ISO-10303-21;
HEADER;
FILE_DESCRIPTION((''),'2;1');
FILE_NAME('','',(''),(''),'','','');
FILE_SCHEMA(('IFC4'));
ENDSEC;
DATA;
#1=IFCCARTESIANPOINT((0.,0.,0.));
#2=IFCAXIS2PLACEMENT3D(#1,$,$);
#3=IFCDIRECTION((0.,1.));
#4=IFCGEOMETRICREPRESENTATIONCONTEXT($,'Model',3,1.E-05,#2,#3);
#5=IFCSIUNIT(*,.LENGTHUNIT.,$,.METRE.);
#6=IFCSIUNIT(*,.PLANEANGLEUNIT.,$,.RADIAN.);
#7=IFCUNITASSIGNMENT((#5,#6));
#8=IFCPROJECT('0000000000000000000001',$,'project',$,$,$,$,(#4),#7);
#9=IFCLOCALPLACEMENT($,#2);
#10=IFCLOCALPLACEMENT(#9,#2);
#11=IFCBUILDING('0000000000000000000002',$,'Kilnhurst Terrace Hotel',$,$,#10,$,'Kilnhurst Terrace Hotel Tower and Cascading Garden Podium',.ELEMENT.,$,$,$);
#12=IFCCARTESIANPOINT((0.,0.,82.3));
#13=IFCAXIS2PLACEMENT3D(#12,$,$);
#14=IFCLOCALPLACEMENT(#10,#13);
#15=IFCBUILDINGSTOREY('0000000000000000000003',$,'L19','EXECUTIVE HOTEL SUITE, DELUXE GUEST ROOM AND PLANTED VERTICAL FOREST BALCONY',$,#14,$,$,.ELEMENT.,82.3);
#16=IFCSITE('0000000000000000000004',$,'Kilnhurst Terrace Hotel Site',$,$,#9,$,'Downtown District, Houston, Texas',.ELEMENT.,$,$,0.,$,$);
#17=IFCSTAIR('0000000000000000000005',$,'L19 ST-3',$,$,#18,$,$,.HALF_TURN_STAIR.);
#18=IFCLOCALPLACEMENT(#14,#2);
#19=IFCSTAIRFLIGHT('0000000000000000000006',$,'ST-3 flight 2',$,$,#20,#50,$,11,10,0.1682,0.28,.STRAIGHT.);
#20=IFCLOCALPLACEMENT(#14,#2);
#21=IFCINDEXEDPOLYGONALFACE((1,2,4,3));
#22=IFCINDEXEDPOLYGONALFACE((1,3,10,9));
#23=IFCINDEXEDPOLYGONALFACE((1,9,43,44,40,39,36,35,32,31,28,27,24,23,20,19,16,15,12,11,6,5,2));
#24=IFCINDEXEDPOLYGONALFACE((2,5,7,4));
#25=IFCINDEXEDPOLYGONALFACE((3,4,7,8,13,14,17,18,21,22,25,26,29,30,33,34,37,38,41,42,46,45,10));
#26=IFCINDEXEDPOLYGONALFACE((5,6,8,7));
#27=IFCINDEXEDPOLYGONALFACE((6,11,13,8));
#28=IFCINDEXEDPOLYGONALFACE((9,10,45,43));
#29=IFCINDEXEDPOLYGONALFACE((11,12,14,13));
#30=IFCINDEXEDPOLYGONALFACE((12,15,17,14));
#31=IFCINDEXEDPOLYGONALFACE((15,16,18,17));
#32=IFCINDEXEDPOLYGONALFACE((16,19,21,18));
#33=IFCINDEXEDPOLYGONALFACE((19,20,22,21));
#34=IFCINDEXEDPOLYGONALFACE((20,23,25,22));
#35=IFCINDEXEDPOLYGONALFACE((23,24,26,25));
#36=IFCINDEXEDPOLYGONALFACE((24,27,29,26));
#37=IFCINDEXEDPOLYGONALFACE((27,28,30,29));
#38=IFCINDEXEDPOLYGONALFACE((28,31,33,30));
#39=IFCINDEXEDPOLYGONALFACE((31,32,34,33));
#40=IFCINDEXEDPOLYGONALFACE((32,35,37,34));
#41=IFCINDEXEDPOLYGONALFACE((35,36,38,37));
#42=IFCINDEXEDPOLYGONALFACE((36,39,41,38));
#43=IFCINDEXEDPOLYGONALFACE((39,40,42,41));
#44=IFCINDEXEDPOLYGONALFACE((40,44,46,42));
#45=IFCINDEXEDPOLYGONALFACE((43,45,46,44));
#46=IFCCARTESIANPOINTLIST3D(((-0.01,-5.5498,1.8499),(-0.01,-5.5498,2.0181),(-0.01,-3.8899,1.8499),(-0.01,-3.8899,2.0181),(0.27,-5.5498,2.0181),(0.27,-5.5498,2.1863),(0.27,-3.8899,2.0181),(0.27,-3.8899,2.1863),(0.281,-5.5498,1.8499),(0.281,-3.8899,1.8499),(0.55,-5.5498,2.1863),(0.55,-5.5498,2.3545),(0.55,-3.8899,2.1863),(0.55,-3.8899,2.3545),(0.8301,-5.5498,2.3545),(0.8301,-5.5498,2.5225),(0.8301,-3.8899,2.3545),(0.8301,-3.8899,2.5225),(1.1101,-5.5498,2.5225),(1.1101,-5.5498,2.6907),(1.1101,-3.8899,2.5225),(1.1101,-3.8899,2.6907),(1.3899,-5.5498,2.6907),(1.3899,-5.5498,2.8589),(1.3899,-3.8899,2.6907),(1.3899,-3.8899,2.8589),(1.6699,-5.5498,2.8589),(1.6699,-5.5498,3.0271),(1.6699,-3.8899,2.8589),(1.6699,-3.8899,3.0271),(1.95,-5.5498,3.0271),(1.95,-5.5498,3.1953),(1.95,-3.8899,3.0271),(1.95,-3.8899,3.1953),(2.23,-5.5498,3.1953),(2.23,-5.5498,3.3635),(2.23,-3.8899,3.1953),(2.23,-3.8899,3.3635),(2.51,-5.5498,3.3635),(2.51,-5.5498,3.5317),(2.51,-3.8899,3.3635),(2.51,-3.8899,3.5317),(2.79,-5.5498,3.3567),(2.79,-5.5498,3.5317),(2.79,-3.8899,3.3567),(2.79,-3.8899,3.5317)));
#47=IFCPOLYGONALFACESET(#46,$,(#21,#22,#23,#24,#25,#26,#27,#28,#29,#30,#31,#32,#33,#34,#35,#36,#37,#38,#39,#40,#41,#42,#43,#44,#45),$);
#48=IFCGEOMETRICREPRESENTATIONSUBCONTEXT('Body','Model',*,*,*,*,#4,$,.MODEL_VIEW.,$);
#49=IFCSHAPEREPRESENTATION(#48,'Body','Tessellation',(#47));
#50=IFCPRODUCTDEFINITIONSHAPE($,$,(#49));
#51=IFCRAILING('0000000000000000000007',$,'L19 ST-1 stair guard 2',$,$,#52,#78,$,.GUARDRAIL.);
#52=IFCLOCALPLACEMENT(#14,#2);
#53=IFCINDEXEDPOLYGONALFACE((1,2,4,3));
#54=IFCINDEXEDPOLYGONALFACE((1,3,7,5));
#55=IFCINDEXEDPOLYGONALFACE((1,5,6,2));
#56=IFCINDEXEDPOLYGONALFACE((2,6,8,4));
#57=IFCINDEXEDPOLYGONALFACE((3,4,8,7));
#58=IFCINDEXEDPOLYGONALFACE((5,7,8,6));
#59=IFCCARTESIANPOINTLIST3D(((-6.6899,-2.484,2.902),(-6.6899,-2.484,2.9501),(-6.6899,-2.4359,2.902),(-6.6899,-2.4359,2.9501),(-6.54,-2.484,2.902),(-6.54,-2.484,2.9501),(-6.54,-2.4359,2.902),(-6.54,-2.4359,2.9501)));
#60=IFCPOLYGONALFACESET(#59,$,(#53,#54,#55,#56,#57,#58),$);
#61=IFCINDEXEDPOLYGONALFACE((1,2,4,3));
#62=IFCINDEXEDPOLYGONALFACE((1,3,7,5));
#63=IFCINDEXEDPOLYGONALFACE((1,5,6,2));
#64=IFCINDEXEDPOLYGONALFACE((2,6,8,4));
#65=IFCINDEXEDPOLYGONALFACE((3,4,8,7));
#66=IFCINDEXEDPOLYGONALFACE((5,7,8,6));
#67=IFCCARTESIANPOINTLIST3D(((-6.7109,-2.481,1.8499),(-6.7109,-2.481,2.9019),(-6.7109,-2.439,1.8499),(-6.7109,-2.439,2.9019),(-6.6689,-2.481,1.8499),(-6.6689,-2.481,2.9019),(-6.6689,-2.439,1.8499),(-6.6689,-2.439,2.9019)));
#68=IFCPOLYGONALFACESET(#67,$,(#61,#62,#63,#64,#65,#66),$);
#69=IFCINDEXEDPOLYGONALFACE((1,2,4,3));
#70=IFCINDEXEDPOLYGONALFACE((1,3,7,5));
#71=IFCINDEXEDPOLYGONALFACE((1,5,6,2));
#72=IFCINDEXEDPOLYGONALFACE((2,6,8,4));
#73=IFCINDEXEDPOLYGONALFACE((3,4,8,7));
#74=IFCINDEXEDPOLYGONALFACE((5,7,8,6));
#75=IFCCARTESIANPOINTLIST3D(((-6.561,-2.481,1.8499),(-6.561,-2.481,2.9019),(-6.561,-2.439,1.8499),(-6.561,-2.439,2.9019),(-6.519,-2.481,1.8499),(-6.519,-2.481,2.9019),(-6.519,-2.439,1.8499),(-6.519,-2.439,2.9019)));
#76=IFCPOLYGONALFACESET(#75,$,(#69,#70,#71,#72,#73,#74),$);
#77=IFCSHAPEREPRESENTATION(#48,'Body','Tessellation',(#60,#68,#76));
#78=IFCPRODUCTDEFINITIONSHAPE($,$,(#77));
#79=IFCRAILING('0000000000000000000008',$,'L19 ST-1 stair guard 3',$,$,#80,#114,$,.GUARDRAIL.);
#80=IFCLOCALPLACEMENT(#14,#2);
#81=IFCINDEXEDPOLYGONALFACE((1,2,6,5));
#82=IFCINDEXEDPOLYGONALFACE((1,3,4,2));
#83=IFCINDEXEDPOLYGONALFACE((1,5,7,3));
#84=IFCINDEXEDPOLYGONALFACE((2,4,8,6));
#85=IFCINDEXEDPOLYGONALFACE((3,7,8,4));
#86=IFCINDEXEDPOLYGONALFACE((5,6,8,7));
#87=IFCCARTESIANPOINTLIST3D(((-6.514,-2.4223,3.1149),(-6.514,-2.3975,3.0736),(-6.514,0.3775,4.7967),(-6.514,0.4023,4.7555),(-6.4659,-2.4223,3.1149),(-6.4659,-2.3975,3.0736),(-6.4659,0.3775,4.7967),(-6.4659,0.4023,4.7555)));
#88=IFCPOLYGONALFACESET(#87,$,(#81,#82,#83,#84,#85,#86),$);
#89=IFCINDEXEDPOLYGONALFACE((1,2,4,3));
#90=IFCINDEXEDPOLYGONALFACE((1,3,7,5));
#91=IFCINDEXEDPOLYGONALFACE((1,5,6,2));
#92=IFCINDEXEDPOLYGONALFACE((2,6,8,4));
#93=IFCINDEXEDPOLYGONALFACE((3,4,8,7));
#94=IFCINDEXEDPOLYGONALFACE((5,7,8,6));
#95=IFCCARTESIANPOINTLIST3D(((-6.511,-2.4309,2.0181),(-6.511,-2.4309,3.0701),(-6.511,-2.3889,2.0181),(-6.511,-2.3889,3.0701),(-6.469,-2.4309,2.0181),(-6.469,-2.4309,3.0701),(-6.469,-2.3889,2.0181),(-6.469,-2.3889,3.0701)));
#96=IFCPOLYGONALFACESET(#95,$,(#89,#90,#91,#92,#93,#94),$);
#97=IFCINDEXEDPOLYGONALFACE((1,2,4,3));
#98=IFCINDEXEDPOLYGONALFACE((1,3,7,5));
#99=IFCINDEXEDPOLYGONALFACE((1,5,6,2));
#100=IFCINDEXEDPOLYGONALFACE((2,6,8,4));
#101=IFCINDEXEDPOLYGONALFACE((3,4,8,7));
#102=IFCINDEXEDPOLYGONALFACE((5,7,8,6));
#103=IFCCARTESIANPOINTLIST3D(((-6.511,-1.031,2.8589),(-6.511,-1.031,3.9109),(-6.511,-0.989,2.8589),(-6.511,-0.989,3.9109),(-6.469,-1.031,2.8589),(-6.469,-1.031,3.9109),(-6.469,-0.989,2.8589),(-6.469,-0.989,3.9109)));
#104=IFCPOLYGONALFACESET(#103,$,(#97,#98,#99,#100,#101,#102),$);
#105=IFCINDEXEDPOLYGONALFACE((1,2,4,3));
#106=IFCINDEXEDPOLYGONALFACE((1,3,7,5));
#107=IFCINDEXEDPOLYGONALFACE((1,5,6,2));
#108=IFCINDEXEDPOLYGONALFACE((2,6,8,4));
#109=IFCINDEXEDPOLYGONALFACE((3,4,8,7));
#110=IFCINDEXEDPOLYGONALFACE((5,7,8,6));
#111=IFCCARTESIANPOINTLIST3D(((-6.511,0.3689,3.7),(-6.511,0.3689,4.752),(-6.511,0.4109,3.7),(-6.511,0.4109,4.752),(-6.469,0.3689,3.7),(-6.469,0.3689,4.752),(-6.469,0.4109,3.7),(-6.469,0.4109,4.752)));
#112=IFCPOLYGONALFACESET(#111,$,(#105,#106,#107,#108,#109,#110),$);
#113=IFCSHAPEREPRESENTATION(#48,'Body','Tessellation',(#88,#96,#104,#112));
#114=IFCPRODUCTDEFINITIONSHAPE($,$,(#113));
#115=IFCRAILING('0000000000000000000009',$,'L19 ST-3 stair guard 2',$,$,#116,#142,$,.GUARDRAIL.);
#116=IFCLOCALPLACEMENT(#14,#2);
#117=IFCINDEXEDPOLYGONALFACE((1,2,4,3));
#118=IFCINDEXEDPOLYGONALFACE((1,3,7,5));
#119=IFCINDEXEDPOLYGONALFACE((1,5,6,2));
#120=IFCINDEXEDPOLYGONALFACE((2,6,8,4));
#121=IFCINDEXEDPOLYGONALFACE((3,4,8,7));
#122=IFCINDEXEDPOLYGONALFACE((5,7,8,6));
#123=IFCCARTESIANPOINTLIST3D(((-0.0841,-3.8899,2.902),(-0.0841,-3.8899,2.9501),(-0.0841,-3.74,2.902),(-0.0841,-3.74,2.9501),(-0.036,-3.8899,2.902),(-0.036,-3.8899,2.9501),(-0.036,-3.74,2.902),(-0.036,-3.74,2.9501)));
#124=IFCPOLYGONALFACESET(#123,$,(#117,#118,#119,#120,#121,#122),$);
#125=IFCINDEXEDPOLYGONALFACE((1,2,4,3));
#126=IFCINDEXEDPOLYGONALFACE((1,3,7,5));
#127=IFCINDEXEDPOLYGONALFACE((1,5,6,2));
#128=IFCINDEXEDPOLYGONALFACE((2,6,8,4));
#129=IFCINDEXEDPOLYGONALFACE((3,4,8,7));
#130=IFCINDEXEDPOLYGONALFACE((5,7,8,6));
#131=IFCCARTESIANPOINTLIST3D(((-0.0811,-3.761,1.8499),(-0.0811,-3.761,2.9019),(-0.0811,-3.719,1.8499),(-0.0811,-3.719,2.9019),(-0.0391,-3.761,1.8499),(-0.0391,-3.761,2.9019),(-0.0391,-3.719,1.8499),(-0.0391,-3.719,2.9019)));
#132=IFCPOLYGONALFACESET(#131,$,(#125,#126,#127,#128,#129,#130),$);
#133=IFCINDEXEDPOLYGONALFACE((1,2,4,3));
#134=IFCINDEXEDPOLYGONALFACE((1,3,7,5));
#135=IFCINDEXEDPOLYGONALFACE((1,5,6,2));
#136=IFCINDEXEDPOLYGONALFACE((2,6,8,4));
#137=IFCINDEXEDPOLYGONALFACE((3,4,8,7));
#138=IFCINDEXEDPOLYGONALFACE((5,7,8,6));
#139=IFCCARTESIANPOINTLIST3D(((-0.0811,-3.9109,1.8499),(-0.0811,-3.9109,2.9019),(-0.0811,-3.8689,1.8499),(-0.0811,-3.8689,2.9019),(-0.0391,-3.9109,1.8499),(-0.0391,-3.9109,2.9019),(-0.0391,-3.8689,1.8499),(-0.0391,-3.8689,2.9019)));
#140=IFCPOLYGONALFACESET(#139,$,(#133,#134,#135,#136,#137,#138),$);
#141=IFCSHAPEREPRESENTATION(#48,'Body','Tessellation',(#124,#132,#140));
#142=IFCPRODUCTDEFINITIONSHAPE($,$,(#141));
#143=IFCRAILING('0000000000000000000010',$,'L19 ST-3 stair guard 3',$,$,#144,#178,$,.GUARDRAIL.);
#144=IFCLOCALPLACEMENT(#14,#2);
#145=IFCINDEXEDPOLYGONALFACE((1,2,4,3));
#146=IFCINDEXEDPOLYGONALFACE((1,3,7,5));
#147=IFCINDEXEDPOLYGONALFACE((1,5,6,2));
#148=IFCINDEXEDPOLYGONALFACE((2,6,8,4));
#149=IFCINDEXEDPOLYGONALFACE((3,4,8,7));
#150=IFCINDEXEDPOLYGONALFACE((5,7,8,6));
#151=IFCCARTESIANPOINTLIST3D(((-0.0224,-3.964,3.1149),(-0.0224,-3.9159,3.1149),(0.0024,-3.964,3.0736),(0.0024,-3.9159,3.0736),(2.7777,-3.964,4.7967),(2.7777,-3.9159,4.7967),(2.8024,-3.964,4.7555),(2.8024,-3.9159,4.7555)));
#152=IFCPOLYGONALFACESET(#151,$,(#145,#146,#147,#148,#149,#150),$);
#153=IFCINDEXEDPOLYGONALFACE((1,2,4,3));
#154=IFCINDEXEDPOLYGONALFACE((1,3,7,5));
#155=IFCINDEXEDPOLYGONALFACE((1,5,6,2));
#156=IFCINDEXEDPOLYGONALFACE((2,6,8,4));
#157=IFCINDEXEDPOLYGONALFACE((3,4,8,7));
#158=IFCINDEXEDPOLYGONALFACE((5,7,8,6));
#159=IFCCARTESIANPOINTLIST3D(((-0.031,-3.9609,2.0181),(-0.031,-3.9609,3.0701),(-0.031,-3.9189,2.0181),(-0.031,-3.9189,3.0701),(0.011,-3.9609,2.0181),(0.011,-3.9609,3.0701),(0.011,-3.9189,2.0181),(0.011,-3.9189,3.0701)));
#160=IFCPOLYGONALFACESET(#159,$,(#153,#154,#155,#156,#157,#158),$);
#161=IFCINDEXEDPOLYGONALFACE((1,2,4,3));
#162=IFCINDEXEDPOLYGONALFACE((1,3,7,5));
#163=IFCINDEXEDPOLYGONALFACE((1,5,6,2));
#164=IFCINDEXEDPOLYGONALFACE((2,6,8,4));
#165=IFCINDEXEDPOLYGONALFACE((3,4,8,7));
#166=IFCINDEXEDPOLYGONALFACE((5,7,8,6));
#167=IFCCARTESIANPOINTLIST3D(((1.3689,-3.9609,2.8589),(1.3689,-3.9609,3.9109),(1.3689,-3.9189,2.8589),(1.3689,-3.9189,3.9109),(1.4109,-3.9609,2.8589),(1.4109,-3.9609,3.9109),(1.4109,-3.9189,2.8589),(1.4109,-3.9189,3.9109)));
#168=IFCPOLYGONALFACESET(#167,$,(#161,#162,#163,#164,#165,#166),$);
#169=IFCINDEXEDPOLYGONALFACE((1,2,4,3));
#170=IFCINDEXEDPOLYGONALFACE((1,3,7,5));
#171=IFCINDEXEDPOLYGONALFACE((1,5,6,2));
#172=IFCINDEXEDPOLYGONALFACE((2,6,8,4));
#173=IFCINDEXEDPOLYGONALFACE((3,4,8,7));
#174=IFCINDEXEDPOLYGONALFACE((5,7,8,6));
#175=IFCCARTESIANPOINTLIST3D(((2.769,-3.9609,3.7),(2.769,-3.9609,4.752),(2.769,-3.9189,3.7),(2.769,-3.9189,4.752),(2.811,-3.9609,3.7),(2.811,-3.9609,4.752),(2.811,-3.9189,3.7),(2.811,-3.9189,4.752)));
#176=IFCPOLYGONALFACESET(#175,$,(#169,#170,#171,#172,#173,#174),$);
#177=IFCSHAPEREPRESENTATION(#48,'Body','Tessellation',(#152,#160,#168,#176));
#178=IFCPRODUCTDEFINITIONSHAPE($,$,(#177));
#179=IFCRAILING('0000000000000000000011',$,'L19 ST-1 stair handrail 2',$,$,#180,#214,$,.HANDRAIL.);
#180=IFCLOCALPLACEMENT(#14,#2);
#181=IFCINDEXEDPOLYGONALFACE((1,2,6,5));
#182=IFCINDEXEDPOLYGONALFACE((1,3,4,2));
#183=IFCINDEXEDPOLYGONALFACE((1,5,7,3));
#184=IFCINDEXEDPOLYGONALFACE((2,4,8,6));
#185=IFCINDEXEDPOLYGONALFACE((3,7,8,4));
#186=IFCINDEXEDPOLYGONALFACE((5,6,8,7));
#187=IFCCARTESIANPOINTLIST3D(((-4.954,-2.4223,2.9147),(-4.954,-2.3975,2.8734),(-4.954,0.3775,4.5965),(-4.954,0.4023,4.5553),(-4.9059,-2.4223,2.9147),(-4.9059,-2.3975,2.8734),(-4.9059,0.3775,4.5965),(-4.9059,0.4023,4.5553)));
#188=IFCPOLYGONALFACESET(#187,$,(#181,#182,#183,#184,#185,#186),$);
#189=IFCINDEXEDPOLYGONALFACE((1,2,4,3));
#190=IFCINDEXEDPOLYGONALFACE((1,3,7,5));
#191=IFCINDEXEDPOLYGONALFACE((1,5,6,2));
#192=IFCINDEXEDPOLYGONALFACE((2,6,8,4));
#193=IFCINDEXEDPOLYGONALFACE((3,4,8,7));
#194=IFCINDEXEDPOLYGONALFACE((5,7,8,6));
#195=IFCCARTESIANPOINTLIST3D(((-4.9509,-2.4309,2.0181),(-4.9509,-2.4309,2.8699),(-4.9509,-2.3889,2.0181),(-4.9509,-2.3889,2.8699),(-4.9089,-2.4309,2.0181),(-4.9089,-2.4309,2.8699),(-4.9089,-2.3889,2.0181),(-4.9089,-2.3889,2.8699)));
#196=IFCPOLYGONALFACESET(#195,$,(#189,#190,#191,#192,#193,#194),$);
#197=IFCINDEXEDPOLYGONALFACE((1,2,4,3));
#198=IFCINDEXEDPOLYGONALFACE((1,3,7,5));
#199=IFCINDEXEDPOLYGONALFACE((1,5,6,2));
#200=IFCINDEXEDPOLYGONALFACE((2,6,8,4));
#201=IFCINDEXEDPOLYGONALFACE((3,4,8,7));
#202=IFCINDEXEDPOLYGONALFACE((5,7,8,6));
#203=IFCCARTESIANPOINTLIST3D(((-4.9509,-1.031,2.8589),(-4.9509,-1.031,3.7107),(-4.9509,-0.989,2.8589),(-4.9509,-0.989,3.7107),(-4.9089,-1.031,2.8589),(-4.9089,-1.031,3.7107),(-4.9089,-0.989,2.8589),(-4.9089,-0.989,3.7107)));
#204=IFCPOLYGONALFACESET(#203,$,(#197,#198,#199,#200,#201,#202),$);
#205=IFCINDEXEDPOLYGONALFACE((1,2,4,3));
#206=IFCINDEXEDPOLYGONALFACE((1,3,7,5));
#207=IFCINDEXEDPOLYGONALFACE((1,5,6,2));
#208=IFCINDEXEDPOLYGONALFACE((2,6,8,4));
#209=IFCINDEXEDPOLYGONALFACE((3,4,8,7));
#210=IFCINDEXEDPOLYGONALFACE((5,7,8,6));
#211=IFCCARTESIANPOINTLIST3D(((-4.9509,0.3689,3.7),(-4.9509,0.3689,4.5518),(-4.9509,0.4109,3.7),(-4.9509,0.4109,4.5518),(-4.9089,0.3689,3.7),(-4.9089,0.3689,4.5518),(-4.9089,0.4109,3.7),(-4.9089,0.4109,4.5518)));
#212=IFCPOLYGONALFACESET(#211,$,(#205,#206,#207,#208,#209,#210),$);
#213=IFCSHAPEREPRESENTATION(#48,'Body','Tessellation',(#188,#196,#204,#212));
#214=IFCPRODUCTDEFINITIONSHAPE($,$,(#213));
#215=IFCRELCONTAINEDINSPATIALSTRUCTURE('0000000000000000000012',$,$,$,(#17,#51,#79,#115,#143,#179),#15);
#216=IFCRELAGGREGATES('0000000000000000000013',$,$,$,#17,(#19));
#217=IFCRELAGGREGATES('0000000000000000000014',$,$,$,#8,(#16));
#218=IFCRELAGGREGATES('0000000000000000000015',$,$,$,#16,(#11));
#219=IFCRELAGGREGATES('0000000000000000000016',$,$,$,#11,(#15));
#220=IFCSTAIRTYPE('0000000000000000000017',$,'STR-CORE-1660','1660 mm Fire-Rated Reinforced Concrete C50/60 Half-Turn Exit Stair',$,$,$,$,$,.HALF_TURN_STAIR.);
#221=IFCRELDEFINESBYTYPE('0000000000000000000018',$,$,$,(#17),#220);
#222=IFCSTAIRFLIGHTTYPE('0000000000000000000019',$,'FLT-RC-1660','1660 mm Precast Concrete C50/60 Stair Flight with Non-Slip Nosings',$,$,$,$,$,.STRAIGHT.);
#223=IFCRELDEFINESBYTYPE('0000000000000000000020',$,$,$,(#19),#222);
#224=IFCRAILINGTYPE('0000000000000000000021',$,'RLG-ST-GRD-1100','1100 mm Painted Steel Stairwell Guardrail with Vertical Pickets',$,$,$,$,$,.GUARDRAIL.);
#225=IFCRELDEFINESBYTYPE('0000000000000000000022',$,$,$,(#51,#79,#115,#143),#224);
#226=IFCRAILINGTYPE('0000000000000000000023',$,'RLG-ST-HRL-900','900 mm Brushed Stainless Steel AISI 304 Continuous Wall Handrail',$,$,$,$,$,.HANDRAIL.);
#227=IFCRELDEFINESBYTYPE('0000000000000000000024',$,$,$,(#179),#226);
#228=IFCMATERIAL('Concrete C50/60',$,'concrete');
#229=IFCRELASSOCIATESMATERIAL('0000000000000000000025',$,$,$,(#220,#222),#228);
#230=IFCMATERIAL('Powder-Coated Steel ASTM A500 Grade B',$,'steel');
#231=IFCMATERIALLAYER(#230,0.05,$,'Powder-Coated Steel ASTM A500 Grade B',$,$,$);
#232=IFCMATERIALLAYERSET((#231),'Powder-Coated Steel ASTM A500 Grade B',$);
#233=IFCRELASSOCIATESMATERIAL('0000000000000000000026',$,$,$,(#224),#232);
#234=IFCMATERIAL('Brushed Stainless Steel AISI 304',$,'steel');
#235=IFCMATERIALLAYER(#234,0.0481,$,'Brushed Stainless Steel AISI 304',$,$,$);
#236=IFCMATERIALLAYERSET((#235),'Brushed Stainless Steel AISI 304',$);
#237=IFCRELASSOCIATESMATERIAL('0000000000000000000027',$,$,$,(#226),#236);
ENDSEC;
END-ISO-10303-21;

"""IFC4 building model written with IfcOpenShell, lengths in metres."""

from ifc_helpers import new_model, si_unit, direction, frame, origin, origin_2d, place, context, subcontext, project, spatial, polyline, rectangle, outline, extrude, material, layer, layer_set, type_object, element, aggregate, save


model = new_model("IFC4")

# Units and contexts
model_context = context("Model", 3, precision=1e-05, world=origin(), true_north=direction((0.0, 1.0)))
body_context = subcontext(model_context, "Body", "Model", "MODEL_VIEW")
ifc_project = project(units=[si_unit("LENGTHUNIT", "METRE"), si_unit("PLANEANGLEUNIT", "RADIAN")], contexts=[model_context])

# Site, building, storey
site_placement = place(None, origin())
site = spatial("IfcSite", under=ifc_project, at=site_placement, Name="Kilnhurst Terrace Hotel Site", LongName="Downtown District, Houston, Texas", CompositionType="ELEMENT", RefElevation=0.0)
building_placement = place(site_placement, origin())
building = spatial("IfcBuilding", under=site, at=building_placement, Name="Kilnhurst Terrace Hotel", LongName="Kilnhurst Terrace Hotel Tower and Cascading Garden Podium", CompositionType="ELEMENT")
storey_placement = place(building_placement, frame((0.0, 0.0, 82.3)))
storey = spatial("IfcBuildingStorey", under=building, at=storey_placement, Name="L19", Description="EXECUTIVE HOTEL SUITE, DELUXE GUEST ROOM AND PLANTED VERTICAL FOREST BALCONY", CompositionType="ELEMENT", Elevation=82.3)

# Shared definitions
ifc_material_1 = material(Name="Concrete C50/60", Category="concrete")

# Stair, stair flight
stair_type = type_object("IfcStairType", Name="STR-CORE-1660", Description="1660 mm Fire-Rated Reinforced Concrete C50/60 Half-Turn Exit Stair", PredefinedType="HALF_TURN_STAIR", material=ifc_material_1)
stair_flight_type = type_object("IfcStairFlightType", Name="FLT-RC-1660", Description="1660 mm Precast Concrete C50/60 Stair Flight with Non-Slip Nosings", PredefinedType="STRAIGHT", material=ifc_material_1)
stair_1_placement = place(storey_placement, origin())
stair_1 = element("IfcStair", 1, at=stair_1_placement, inside=storey, type_object=stair_type, Name="L19 ST-3", PredefinedType="HALF_TURN_STAIR")
stair_flight_1_placement = place(storey_placement, frame((-0.01, -4.72, 1.8499), z_axis=(0.0, 0.0, 1.0), x_axis=(1.0, 0.0, 0.0)))
stair_flight_1 = element("IfcStairFlight", 2, at=stair_flight_1_placement, type_object=stair_flight_type, Name="ST-3 flight 2", NumberOfRisers=11, NumberOfTreads=10, PredefinedType="STRAIGHT", RiserHeight=0.1682, TreadLength=0.28, context=body_context, shape_type="SweptSolid", body=[
    extrude(outline(polyline([(0.0, 0.0), (0.0, 0.1682), (0.28, 0.1682), (0.28, 0.3364), (0.5601, 0.3364), (0.5601, 0.5046), (0.8401, 0.5046), (0.8401, 0.6726), (1.1201, 0.6726), (1.1201, 0.8408), (1.3999, 0.8408), (1.3999, 1.009), (1.6799, 1.009), (1.6799, 1.1772), (1.96, 1.1772), (1.96, 1.3455), (2.24, 1.3455), (2.24, 1.5137), (2.52, 1.5137), (2.52, 1.6819), (2.8, 1.6819), (2.8, 1.8501), (2.8, 1.5068), (0.291, 0.0), (0.0, 0.0)])), frame((0.0, 0.8301, 0.0), z_axis=(0.0, -1.0, 0.0), x_axis=(1.0, 0.0, 0.0)), (0.0, 0.0, 1.0), 1.6599),
])
aggregate(stair_1, [stair_flight_1])

# Railings
ifc_material_2 = material(Name="Powder-Coated Steel ASTM A500 Grade B", Category="steel")
ifc_layer_1 = layer(ifc_material_2, 0.05, Name="Powder-Coated Steel ASTM A500 Grade B")
ifc_layer_set_1 = layer_set([ifc_layer_1], Name="Powder-Coated Steel ASTM A500 Grade B")
railing_type_1 = type_object("IfcRailingType", Name="RLG-ST-GRD-1100", Description="1100 mm Painted Steel Stairwell Guardrail with Vertical Pickets", PredefinedType="GUARDRAIL", material=ifc_layer_set_1)
railing_1_placement = place(storey_placement, frame((-6.6899, -2.46, 1.8499)))
element("IfcRailing", 3, at=railing_1_placement, inside=storey, type_object=railing_type_1, Name="L19 ST-1 stair guard 2", PredefinedType="GUARDRAIL", context=body_context, shape_type="SweptSolid", body=[
    extrude(rectangle(XDim=0.0481, YDim=0.0481, at=origin_2d()), frame((0.0, 0.0, 1.0762), z_axis=(1.0, 0.0, 0.0), x_axis=(0.0, 1.0, 0.0)), (0.0, 0.0, 1.0), 0.1499),
    extrude(rectangle(XDim=0.042, YDim=0.042, at=origin_2d()), origin(), (0.0, 0.0, 1.0), 1.052),
    extrude(rectangle(XDim=0.042, YDim=0.042, at=origin_2d()), frame((0.1499, 0.0, 0.0)), (0.0, 0.0, 1.0), 1.052),
])
railing_2_placement = place(storey_placement, frame((-6.49, -2.4099, 2.0181)))
element("IfcRailing", 4, at=railing_2_placement, inside=storey, type_object=railing_type_1, Name="L19 ST-1 stair guard 3", PredefinedType="GUARDRAIL", context=body_context, shape_type="SweptSolid", body=[
    extrude(rectangle(XDim=0.0481, YDim=0.0481, at=origin_2d()), frame((0.0, 0.0, 1.0762), z_axis=(0.0, 0.857222, 0.514946), x_axis=(-1.0, 0.0, 0.0)), (0.0, 0.0, 1.0), 3.2661),
    extrude(rectangle(XDim=0.042, YDim=0.042, at=origin_2d()), origin(), (0.0, 0.0, 1.0), 1.052),
    extrude(rectangle(XDim=0.042, YDim=0.042, at=origin_2d()), frame((0.0, 1.3999, 0.8408)), (0.0, 0.0, 1.0), 1.052),
    extrude(rectangle(XDim=0.042, YDim=0.042, at=origin_2d()), frame((0.0, 2.7998, 1.6819)), (0.0, 0.0, 1.0), 1.052),
])
railing_3_placement = place(storey_placement, frame((-0.0601, -3.74, 1.8499)))
element("IfcRailing", 5, at=railing_3_placement, inside=storey, type_object=railing_type_1, Name="L19 ST-3 stair guard 2", PredefinedType="GUARDRAIL", context=body_context, shape_type="SweptSolid", body=[
    extrude(rectangle(XDim=0.0481, YDim=0.0481, at=origin_2d()), frame((0.0, 0.0, 1.0762), z_axis=(0.0, -1.0, 0.0), x_axis=(1.0, 0.0, 0.0)), (0.0, 0.0, 1.0), 0.1499),
    extrude(rectangle(XDim=0.042, YDim=0.042, at=origin_2d()), origin(), (0.0, 0.0, 1.0), 1.052),
    extrude(rectangle(XDim=0.042, YDim=0.042, at=origin_2d()), frame((0.0, -0.1499, 0.0)), (0.0, 0.0, 1.0), 1.052),
])
railing_4_placement = place(storey_placement, frame((-0.01, -3.9399, 2.0181)))
element("IfcRailing", 6, at=railing_4_placement, inside=storey, type_object=railing_type_1, Name="L19 ST-3 stair guard 3", PredefinedType="GUARDRAIL", context=body_context, shape_type="SweptSolid", body=[
    extrude(rectangle(XDim=0.0481, YDim=0.0481, at=origin_2d()), frame((0.0, 0.0, 1.0762), z_axis=(0.857242, 0.0, 0.514913), x_axis=(0.0, 1.0, 0.0)), (0.0, 0.0, 1.0), 3.2664),
    extrude(rectangle(XDim=0.042, YDim=0.042, at=origin_2d()), origin(), (0.0, 0.0, 1.0), 1.052),
    extrude(rectangle(XDim=0.042, YDim=0.042, at=origin_2d()), frame((1.3999, 0.0, 0.8408)), (0.0, 0.0, 1.0), 1.052),
    extrude(rectangle(XDim=0.042, YDim=0.042, at=origin_2d()), frame((2.8, 0.0, 1.6819)), (0.0, 0.0, 1.0), 1.052),
])
ifc_material_3 = material(Name="Brushed Stainless Steel AISI 304", Category="steel")
ifc_layer_2 = layer(ifc_material_3, 0.0481, Name="Brushed Stainless Steel AISI 304")
ifc_layer_set_2 = layer_set([ifc_layer_2], Name="Brushed Stainless Steel AISI 304")
railing_type_2 = type_object("IfcRailingType", Name="RLG-ST-HRL-900", Description="900 mm Brushed Stainless Steel AISI 304 Continuous Wall Handrail", PredefinedType="HANDRAIL", material=ifc_layer_set_2)
railing_5_placement = place(storey_placement, frame((-4.9299, -2.4099, 2.0181)))
element("IfcRailing", 7, at=railing_5_placement, inside=storey, type_object=railing_type_2, Name="L19 ST-1 stair handrail 2", PredefinedType="HANDRAIL", context=body_context, shape_type="SweptSolid", body=[
    extrude(rectangle(XDim=0.0481, YDim=0.0481, at=origin_2d()), frame((0.0, 0.0, 0.876), z_axis=(0.0, 0.857222, 0.514946), x_axis=(-1.0, 0.0, 0.0)), (0.0, 0.0, 1.0), 3.2661),
    extrude(rectangle(XDim=0.042, YDim=0.042, at=origin_2d()), origin(), (0.0, 0.0, 1.0), 0.8518),
    extrude(rectangle(XDim=0.042, YDim=0.042, at=origin_2d()), frame((0.0, 1.3999, 0.8408)), (0.0, 0.0, 1.0), 0.8518),
    extrude(rectangle(XDim=0.042, YDim=0.042, at=origin_2d()), frame((0.0, 2.7998, 1.6819)), (0.0, 0.0, 1.0), 0.8518),
])

save(model, "model.ifc")
